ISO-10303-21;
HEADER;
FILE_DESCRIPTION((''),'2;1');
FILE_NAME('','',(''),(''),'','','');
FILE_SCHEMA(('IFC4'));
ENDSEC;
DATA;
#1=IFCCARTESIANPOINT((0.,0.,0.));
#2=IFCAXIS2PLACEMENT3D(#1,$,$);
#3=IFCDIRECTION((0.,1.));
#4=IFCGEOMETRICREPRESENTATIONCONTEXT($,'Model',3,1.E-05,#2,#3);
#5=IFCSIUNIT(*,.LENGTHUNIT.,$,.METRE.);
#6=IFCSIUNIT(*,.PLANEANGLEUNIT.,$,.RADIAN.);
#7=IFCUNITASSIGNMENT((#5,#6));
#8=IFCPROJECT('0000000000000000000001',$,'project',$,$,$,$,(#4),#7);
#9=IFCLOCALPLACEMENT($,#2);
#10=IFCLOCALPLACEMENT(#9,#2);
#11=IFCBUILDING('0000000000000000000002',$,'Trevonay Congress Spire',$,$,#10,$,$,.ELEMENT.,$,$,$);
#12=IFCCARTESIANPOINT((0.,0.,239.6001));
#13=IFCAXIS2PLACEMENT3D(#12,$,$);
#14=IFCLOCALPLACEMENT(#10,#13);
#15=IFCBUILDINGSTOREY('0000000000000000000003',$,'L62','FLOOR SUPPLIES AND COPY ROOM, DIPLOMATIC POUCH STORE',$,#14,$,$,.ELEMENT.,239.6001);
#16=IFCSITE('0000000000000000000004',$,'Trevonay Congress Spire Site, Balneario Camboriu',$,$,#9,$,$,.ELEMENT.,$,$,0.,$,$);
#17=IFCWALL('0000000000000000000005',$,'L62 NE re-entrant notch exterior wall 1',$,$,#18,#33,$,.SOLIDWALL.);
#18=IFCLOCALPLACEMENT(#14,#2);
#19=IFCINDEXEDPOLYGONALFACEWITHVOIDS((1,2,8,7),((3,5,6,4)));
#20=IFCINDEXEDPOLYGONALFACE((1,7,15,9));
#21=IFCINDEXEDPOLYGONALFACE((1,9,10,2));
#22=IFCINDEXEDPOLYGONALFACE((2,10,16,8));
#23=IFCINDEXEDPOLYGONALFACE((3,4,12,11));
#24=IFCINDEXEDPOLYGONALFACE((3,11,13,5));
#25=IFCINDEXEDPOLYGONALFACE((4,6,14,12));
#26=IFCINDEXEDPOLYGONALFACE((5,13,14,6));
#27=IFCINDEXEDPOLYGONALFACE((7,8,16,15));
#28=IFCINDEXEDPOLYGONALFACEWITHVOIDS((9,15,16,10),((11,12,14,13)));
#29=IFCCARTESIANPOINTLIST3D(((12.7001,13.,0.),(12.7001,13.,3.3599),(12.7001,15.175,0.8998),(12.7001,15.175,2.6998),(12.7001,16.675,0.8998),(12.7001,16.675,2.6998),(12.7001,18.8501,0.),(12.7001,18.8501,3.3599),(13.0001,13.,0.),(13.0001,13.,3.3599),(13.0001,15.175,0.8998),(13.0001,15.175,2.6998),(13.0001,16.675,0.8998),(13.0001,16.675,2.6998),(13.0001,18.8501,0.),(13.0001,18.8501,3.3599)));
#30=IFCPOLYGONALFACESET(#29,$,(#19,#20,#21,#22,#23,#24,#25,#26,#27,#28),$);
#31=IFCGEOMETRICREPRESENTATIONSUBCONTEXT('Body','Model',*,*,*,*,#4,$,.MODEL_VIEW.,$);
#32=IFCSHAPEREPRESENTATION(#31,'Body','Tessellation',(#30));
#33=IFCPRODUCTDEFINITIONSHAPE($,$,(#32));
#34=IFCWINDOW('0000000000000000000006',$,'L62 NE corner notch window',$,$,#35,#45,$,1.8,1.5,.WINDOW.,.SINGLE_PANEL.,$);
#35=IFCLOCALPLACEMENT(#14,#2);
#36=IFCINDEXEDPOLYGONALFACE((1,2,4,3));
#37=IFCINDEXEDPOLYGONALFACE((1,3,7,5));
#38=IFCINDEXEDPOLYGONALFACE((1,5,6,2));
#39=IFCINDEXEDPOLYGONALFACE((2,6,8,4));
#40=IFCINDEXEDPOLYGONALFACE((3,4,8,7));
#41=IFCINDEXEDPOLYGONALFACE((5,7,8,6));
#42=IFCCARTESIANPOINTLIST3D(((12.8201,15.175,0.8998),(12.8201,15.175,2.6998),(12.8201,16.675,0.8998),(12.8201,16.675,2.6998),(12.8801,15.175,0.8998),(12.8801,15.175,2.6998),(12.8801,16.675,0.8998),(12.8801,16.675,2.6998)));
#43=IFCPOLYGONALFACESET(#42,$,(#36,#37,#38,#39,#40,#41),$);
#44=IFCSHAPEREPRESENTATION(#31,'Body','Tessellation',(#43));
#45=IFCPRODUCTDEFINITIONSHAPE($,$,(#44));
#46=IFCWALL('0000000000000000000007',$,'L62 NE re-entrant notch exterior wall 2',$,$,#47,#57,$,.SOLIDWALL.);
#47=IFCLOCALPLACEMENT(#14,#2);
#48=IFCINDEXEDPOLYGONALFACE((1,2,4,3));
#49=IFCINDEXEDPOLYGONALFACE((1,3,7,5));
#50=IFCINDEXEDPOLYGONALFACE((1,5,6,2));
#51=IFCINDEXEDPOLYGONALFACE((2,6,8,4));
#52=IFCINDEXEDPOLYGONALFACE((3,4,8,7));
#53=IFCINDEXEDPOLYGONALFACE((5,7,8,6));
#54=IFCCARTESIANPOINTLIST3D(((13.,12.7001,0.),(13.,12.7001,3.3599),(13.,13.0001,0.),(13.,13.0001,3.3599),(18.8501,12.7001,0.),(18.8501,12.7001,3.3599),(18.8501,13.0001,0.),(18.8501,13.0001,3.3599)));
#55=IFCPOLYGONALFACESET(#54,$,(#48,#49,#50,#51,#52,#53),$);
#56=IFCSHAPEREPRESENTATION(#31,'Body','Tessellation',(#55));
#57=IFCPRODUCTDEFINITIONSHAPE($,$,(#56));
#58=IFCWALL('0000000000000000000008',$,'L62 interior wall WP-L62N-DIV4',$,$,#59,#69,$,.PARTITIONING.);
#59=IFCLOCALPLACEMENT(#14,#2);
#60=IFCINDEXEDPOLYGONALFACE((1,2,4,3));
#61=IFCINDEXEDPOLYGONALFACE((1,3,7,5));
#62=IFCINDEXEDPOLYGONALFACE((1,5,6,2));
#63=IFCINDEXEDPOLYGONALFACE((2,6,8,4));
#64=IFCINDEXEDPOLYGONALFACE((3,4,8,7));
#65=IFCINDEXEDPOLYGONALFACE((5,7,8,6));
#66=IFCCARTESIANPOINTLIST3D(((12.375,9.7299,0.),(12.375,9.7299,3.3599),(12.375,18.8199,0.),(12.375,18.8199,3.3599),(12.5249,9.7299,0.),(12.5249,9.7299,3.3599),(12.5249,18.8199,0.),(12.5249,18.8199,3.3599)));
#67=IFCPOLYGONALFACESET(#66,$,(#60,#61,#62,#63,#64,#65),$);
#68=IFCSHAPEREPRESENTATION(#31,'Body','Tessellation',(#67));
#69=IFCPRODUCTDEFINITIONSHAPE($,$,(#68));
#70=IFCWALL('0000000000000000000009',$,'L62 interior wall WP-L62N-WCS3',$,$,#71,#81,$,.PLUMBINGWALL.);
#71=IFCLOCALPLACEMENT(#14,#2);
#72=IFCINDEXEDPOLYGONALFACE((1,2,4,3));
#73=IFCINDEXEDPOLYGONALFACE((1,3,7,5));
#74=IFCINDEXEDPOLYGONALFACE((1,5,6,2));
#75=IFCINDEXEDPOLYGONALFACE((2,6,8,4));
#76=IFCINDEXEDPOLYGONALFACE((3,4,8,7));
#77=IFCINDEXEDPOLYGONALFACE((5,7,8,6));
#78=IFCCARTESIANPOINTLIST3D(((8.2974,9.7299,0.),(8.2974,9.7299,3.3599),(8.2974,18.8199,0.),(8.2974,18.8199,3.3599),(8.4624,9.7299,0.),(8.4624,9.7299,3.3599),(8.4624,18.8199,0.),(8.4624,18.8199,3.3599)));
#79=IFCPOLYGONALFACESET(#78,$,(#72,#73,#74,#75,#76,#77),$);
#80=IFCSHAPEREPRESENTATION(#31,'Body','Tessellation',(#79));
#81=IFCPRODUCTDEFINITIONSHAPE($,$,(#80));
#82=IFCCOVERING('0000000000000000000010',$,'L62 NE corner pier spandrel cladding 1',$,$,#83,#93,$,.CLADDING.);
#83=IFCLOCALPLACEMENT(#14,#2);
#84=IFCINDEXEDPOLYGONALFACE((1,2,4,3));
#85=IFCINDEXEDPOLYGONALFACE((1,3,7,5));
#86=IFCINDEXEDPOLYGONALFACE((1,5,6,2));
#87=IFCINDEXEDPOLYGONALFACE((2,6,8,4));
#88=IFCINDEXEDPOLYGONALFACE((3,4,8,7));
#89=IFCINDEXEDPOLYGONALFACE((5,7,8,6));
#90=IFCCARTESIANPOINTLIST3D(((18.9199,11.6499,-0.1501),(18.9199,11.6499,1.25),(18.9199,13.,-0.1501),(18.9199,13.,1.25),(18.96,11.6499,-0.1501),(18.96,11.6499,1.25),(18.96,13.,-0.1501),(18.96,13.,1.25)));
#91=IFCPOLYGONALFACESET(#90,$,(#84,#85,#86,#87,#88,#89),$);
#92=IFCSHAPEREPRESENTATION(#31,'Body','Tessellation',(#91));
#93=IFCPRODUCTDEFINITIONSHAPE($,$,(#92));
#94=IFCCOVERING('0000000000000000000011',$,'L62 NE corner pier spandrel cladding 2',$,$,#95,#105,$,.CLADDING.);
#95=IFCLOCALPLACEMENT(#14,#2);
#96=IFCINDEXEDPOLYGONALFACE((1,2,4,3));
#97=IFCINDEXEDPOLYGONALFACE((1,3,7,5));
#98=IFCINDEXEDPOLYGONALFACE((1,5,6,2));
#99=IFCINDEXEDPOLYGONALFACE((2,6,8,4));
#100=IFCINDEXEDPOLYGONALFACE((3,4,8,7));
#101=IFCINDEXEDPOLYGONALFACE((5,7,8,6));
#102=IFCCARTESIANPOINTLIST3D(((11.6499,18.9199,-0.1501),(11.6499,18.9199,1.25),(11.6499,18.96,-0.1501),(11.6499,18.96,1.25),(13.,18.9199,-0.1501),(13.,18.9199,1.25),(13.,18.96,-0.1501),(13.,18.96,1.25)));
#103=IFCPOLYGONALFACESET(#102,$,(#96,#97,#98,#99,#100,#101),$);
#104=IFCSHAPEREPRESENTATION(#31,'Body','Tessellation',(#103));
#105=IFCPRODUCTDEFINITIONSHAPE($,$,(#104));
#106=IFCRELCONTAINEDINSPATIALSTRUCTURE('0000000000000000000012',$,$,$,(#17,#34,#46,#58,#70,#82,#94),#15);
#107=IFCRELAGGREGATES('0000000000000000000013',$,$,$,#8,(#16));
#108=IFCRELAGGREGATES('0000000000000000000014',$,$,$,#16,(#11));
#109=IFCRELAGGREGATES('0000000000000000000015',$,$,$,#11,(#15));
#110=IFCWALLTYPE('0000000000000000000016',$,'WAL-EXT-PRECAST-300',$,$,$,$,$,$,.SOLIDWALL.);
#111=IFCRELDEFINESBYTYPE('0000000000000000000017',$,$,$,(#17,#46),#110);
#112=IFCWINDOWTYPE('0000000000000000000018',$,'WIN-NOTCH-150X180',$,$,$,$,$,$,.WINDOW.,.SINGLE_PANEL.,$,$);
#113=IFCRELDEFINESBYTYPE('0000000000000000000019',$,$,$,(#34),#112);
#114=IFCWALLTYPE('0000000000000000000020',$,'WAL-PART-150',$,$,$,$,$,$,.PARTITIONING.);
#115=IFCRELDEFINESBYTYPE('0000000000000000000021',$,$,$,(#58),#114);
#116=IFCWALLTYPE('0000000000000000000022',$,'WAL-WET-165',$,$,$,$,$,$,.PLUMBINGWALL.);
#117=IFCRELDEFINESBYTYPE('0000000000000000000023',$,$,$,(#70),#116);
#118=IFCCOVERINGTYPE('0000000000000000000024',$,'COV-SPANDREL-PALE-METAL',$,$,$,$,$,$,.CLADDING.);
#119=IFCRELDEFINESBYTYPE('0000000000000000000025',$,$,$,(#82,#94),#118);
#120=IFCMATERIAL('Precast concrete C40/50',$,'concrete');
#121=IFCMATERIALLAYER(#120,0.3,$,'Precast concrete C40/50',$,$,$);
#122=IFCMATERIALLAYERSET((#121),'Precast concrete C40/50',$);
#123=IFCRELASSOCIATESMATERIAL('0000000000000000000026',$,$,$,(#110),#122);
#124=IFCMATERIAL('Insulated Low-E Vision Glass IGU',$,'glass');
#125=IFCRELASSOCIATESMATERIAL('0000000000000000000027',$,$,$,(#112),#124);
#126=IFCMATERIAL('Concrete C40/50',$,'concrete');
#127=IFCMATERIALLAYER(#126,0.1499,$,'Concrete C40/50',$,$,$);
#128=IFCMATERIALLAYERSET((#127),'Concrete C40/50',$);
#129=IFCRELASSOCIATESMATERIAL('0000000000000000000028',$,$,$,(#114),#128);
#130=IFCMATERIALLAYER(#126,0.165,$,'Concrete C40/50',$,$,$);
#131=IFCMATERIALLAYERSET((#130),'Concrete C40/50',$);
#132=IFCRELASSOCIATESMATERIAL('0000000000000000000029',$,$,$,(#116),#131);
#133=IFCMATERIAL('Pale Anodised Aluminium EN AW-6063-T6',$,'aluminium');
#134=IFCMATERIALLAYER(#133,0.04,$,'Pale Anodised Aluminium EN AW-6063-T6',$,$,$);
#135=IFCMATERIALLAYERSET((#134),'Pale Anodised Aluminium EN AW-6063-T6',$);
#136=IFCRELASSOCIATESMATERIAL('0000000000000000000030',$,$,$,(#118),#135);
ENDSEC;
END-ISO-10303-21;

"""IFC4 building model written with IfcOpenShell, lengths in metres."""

from ifc_helpers import new_model, si_unit, direction, frame, frame_2d, origin, place, context, subcontext, project, spatial, rectangle, extrude, material, layer, layer_set, type_object, element, fill, save


model = new_model("IFC4")

# Units and contexts
model_context = context("Model", 3, precision=1e-05, world=origin(), true_north=direction((0.0, 1.0)))
body_context = subcontext(model_context, "Body", "Model", "MODEL_VIEW")
ifc_project = project(units=[si_unit("LENGTHUNIT", "METRE"), si_unit("PLANEANGLEUNIT", "RADIAN")], contexts=[model_context])

# Site, building, storey
site_placement = place(None, origin())
site = spatial("IfcSite", under=ifc_project, at=site_placement, Name="Trevonay Congress Spire Site, Balneario Camboriu", CompositionType="ELEMENT", RefElevation=0.0)
building_placement = place(site_placement, origin())
building = spatial("IfcBuilding", under=site, at=building_placement, Name="Trevonay Congress Spire", CompositionType="ELEMENT")
storey_placement = place(building_placement, frame((0.0, 0.0, 239.6001)))
storey = spatial("IfcBuildingStorey", under=building, at=storey_placement, Name="L62", Description="FLOOR SUPPLIES AND COPY ROOM, DIPLOMATIC POUCH STORE", CompositionType="ELEMENT", Elevation=239.6001)

# Shared definitions
ifc_material_1 = material(Name="Pale Anodised Aluminium EN AW-6063-T6", Category="aluminium")

# Shared definitions
ifc_material_2 = material(Name="Insulated Low-E Vision Glass IGU", Category="glass")

# Wall, opening, window
ifc_material_3 = material(Name="Precast concrete C40/50", Category="concrete")
ifc_layer_1 = layer(ifc_material_3, 0.3, Name="Precast concrete C40/50")
ifc_layer_set_1 = layer_set([ifc_layer_1], Name="Precast concrete C40/50")
wall_type_1 = type_object("IfcWallType", Name="WAL-EXT-PRECAST-300", PredefinedType="SOLIDWALL", material=ifc_layer_set_1)
wall_1_placement = place(storey_placement, frame((12.8501, 18.8501, 0.0), z_axis=(0.0, 0.0, 1.0), x_axis=(0.0, -1.0, 0.0)))
wall_1 = element("IfcWall", 1, at=wall_1_placement, inside=storey, type_object=wall_type_1, Name="L62 NE re-entrant notch exterior wall 1", PredefinedType="SOLIDWALL", context=body_context, shape_type="SweptSolid", body=[
    extrude(rectangle(XDim=5.8501, YDim=0.3, at=frame_2d((2.925, 0.0))), origin(), (0.0, 0.0, 1.0), 3.3599),
])
opening_placement = place(wall_1_placement, frame((2.175, 0.0, 0.8999)))
opening = element("IfcOpeningElement", 2, at=opening_placement, cuts=wall_1, PredefinedType="OPENING", context=body_context, shape_type="SweptSolid", body=[
    extrude(rectangle(XDim=1.5, YDim=1.8, at=frame_2d((0.75, 0.8999))), frame((0.0, 0.1602, 0.0), z_axis=(0.0, -1.0, 0.0), x_axis=(1.0, 0.0, 0.0)), (0.0, 0.0, 1.0), 0.3201),
])
window_type = type_object("IfcWindowType", Name="WIN-NOTCH-150X180", PartitioningType="SINGLE_PANEL", PredefinedType="WINDOW", material=ifc_material_2)
window_placement = place(opening_placement, origin())
window = element("IfcWindow", 3, at=window_placement, inside=storey, type_object=window_type, Name="L62 NE corner notch window", OverallHeight=1.8, OverallWidth=1.5, PartitioningType="SINGLE_PANEL", PredefinedType="WINDOW", context=body_context, shape_type="SweptSolid", body=[
    extrude(rectangle(XDim=1.5, YDim=1.8, at=frame_2d((0.75, 0.8999))), frame((0.0, 0.03, 0.0), z_axis=(0.0, -1.0, 0.0), x_axis=(1.0, 0.0, 0.0)), (0.0, 0.0, 1.0), 0.0601),
])
fill(opening, window)

# Walls
wall_2_placement = place(storey_placement, frame((18.8501, 12.8501, 0.0), z_axis=(0.0, 0.0, 1.0), x_axis=(-1.0, 0.0, 0.0)))
element("IfcWall", 4, at=wall_2_placement, inside=storey, type_object=wall_type_1, Name="L62 NE re-entrant notch exterior wall 2", PredefinedType="SOLIDWALL", context=body_context, shape_type="SweptSolid", body=[
    extrude(rectangle(XDim=5.8501, YDim=0.3, at=frame_2d((2.925, 0.0))), origin(), (0.0, 0.0, 1.0), 3.3599),
])
ifc_material_4 = material(Name="Concrete C40/50", Category="concrete")
ifc_layer_2 = layer(ifc_material_4, 0.1499, Name="Concrete C40/50")
ifc_layer_set_2 = layer_set([ifc_layer_2], Name="Concrete C40/50")
wall_type_2 = type_object("IfcWallType", Name="WAL-PART-150", PredefinedType="PARTITIONING", material=ifc_layer_set_2)
wall_3_placement = place(storey_placement, frame((12.45, 9.73, 0.0), z_axis=(0.0, 0.0, 1.0), x_axis=(0.0, 1.0, 0.0)))
element("IfcWall", 5, at=wall_3_placement, inside=storey, type_object=wall_type_2, Name="L62 interior wall WP-L62N-DIV4", PredefinedType="PARTITIONING", context=body_context, shape_type="SweptSolid", body=[
    extrude(rectangle(XDim=9.0901, YDim=0.1499, at=frame_2d((4.5449, 0.0))), origin(), (0.0, 0.0, 1.0), 3.3599),
])
ifc_layer_3 = layer(ifc_material_4, 0.165, Name="Concrete C40/50")
ifc_layer_set_3 = layer_set([ifc_layer_3], Name="Concrete C40/50")
wall_type_3 = type_object("IfcWallType", Name="WAL-WET-165", PredefinedType="PLUMBINGWALL", material=ifc_layer_set_3)
wall_4_placement = place(storey_placement, frame((8.3799, 9.73, 0.0), z_axis=(0.0, 0.0, 1.0), x_axis=(0.0, 1.0, 0.0)))
element("IfcWall", 6, at=wall_4_placement, inside=storey, type_object=wall_type_3, Name="L62 interior wall WP-L62N-WCS3", PredefinedType="PLUMBINGWALL", context=body_context, shape_type="SweptSolid", body=[
    extrude(rectangle(XDim=9.0901, YDim=0.165, at=frame_2d((4.5449, 0.0))), origin(), (0.0, 0.0, 1.0), 3.3599),
])

# Coverings
ifc_layer_4 = layer(ifc_material_1, 0.04, Name="Pale Anodised Aluminium EN AW-6063-T6")
ifc_layer_set_4 = layer_set([ifc_layer_4], Name="Pale Anodised Aluminium EN AW-6063-T6")
covering_type = type_object("IfcCoveringType", Name="COV-SPANDREL-PALE-METAL", PredefinedType="CLADDING", material=ifc_layer_set_4)
for number, where, z_axis, x_axis, name in (
    (7, (18.9399, 11.6499, -0.1501), (0.0, 0.0, 1.0), (0.0, 1.0, 0.0), "L62 NE corner pier spandrel cladding 1"),
    (8, (11.6499, 18.9399, -0.1501), (0.0, 0.0, 1.0), (1.0, 0.0, 0.0), "L62 NE corner pier spandrel cladding 2"),
):
    element("IfcCovering", number, at=place(storey_placement, frame(where, z_axis=z_axis, x_axis=x_axis)), inside=storey, type_object=covering_type, Name=name, PredefinedType="CLADDING", context=body_context, shape_type="SweptSolid", body=[
        extrude(rectangle(XDim=1.3501, YDim=0.04, at=frame_2d((0.675, 0.0))), origin(), (0.0, 0.0, 1.0), 1.4001),
    ])

save(model, "model.ifc")
